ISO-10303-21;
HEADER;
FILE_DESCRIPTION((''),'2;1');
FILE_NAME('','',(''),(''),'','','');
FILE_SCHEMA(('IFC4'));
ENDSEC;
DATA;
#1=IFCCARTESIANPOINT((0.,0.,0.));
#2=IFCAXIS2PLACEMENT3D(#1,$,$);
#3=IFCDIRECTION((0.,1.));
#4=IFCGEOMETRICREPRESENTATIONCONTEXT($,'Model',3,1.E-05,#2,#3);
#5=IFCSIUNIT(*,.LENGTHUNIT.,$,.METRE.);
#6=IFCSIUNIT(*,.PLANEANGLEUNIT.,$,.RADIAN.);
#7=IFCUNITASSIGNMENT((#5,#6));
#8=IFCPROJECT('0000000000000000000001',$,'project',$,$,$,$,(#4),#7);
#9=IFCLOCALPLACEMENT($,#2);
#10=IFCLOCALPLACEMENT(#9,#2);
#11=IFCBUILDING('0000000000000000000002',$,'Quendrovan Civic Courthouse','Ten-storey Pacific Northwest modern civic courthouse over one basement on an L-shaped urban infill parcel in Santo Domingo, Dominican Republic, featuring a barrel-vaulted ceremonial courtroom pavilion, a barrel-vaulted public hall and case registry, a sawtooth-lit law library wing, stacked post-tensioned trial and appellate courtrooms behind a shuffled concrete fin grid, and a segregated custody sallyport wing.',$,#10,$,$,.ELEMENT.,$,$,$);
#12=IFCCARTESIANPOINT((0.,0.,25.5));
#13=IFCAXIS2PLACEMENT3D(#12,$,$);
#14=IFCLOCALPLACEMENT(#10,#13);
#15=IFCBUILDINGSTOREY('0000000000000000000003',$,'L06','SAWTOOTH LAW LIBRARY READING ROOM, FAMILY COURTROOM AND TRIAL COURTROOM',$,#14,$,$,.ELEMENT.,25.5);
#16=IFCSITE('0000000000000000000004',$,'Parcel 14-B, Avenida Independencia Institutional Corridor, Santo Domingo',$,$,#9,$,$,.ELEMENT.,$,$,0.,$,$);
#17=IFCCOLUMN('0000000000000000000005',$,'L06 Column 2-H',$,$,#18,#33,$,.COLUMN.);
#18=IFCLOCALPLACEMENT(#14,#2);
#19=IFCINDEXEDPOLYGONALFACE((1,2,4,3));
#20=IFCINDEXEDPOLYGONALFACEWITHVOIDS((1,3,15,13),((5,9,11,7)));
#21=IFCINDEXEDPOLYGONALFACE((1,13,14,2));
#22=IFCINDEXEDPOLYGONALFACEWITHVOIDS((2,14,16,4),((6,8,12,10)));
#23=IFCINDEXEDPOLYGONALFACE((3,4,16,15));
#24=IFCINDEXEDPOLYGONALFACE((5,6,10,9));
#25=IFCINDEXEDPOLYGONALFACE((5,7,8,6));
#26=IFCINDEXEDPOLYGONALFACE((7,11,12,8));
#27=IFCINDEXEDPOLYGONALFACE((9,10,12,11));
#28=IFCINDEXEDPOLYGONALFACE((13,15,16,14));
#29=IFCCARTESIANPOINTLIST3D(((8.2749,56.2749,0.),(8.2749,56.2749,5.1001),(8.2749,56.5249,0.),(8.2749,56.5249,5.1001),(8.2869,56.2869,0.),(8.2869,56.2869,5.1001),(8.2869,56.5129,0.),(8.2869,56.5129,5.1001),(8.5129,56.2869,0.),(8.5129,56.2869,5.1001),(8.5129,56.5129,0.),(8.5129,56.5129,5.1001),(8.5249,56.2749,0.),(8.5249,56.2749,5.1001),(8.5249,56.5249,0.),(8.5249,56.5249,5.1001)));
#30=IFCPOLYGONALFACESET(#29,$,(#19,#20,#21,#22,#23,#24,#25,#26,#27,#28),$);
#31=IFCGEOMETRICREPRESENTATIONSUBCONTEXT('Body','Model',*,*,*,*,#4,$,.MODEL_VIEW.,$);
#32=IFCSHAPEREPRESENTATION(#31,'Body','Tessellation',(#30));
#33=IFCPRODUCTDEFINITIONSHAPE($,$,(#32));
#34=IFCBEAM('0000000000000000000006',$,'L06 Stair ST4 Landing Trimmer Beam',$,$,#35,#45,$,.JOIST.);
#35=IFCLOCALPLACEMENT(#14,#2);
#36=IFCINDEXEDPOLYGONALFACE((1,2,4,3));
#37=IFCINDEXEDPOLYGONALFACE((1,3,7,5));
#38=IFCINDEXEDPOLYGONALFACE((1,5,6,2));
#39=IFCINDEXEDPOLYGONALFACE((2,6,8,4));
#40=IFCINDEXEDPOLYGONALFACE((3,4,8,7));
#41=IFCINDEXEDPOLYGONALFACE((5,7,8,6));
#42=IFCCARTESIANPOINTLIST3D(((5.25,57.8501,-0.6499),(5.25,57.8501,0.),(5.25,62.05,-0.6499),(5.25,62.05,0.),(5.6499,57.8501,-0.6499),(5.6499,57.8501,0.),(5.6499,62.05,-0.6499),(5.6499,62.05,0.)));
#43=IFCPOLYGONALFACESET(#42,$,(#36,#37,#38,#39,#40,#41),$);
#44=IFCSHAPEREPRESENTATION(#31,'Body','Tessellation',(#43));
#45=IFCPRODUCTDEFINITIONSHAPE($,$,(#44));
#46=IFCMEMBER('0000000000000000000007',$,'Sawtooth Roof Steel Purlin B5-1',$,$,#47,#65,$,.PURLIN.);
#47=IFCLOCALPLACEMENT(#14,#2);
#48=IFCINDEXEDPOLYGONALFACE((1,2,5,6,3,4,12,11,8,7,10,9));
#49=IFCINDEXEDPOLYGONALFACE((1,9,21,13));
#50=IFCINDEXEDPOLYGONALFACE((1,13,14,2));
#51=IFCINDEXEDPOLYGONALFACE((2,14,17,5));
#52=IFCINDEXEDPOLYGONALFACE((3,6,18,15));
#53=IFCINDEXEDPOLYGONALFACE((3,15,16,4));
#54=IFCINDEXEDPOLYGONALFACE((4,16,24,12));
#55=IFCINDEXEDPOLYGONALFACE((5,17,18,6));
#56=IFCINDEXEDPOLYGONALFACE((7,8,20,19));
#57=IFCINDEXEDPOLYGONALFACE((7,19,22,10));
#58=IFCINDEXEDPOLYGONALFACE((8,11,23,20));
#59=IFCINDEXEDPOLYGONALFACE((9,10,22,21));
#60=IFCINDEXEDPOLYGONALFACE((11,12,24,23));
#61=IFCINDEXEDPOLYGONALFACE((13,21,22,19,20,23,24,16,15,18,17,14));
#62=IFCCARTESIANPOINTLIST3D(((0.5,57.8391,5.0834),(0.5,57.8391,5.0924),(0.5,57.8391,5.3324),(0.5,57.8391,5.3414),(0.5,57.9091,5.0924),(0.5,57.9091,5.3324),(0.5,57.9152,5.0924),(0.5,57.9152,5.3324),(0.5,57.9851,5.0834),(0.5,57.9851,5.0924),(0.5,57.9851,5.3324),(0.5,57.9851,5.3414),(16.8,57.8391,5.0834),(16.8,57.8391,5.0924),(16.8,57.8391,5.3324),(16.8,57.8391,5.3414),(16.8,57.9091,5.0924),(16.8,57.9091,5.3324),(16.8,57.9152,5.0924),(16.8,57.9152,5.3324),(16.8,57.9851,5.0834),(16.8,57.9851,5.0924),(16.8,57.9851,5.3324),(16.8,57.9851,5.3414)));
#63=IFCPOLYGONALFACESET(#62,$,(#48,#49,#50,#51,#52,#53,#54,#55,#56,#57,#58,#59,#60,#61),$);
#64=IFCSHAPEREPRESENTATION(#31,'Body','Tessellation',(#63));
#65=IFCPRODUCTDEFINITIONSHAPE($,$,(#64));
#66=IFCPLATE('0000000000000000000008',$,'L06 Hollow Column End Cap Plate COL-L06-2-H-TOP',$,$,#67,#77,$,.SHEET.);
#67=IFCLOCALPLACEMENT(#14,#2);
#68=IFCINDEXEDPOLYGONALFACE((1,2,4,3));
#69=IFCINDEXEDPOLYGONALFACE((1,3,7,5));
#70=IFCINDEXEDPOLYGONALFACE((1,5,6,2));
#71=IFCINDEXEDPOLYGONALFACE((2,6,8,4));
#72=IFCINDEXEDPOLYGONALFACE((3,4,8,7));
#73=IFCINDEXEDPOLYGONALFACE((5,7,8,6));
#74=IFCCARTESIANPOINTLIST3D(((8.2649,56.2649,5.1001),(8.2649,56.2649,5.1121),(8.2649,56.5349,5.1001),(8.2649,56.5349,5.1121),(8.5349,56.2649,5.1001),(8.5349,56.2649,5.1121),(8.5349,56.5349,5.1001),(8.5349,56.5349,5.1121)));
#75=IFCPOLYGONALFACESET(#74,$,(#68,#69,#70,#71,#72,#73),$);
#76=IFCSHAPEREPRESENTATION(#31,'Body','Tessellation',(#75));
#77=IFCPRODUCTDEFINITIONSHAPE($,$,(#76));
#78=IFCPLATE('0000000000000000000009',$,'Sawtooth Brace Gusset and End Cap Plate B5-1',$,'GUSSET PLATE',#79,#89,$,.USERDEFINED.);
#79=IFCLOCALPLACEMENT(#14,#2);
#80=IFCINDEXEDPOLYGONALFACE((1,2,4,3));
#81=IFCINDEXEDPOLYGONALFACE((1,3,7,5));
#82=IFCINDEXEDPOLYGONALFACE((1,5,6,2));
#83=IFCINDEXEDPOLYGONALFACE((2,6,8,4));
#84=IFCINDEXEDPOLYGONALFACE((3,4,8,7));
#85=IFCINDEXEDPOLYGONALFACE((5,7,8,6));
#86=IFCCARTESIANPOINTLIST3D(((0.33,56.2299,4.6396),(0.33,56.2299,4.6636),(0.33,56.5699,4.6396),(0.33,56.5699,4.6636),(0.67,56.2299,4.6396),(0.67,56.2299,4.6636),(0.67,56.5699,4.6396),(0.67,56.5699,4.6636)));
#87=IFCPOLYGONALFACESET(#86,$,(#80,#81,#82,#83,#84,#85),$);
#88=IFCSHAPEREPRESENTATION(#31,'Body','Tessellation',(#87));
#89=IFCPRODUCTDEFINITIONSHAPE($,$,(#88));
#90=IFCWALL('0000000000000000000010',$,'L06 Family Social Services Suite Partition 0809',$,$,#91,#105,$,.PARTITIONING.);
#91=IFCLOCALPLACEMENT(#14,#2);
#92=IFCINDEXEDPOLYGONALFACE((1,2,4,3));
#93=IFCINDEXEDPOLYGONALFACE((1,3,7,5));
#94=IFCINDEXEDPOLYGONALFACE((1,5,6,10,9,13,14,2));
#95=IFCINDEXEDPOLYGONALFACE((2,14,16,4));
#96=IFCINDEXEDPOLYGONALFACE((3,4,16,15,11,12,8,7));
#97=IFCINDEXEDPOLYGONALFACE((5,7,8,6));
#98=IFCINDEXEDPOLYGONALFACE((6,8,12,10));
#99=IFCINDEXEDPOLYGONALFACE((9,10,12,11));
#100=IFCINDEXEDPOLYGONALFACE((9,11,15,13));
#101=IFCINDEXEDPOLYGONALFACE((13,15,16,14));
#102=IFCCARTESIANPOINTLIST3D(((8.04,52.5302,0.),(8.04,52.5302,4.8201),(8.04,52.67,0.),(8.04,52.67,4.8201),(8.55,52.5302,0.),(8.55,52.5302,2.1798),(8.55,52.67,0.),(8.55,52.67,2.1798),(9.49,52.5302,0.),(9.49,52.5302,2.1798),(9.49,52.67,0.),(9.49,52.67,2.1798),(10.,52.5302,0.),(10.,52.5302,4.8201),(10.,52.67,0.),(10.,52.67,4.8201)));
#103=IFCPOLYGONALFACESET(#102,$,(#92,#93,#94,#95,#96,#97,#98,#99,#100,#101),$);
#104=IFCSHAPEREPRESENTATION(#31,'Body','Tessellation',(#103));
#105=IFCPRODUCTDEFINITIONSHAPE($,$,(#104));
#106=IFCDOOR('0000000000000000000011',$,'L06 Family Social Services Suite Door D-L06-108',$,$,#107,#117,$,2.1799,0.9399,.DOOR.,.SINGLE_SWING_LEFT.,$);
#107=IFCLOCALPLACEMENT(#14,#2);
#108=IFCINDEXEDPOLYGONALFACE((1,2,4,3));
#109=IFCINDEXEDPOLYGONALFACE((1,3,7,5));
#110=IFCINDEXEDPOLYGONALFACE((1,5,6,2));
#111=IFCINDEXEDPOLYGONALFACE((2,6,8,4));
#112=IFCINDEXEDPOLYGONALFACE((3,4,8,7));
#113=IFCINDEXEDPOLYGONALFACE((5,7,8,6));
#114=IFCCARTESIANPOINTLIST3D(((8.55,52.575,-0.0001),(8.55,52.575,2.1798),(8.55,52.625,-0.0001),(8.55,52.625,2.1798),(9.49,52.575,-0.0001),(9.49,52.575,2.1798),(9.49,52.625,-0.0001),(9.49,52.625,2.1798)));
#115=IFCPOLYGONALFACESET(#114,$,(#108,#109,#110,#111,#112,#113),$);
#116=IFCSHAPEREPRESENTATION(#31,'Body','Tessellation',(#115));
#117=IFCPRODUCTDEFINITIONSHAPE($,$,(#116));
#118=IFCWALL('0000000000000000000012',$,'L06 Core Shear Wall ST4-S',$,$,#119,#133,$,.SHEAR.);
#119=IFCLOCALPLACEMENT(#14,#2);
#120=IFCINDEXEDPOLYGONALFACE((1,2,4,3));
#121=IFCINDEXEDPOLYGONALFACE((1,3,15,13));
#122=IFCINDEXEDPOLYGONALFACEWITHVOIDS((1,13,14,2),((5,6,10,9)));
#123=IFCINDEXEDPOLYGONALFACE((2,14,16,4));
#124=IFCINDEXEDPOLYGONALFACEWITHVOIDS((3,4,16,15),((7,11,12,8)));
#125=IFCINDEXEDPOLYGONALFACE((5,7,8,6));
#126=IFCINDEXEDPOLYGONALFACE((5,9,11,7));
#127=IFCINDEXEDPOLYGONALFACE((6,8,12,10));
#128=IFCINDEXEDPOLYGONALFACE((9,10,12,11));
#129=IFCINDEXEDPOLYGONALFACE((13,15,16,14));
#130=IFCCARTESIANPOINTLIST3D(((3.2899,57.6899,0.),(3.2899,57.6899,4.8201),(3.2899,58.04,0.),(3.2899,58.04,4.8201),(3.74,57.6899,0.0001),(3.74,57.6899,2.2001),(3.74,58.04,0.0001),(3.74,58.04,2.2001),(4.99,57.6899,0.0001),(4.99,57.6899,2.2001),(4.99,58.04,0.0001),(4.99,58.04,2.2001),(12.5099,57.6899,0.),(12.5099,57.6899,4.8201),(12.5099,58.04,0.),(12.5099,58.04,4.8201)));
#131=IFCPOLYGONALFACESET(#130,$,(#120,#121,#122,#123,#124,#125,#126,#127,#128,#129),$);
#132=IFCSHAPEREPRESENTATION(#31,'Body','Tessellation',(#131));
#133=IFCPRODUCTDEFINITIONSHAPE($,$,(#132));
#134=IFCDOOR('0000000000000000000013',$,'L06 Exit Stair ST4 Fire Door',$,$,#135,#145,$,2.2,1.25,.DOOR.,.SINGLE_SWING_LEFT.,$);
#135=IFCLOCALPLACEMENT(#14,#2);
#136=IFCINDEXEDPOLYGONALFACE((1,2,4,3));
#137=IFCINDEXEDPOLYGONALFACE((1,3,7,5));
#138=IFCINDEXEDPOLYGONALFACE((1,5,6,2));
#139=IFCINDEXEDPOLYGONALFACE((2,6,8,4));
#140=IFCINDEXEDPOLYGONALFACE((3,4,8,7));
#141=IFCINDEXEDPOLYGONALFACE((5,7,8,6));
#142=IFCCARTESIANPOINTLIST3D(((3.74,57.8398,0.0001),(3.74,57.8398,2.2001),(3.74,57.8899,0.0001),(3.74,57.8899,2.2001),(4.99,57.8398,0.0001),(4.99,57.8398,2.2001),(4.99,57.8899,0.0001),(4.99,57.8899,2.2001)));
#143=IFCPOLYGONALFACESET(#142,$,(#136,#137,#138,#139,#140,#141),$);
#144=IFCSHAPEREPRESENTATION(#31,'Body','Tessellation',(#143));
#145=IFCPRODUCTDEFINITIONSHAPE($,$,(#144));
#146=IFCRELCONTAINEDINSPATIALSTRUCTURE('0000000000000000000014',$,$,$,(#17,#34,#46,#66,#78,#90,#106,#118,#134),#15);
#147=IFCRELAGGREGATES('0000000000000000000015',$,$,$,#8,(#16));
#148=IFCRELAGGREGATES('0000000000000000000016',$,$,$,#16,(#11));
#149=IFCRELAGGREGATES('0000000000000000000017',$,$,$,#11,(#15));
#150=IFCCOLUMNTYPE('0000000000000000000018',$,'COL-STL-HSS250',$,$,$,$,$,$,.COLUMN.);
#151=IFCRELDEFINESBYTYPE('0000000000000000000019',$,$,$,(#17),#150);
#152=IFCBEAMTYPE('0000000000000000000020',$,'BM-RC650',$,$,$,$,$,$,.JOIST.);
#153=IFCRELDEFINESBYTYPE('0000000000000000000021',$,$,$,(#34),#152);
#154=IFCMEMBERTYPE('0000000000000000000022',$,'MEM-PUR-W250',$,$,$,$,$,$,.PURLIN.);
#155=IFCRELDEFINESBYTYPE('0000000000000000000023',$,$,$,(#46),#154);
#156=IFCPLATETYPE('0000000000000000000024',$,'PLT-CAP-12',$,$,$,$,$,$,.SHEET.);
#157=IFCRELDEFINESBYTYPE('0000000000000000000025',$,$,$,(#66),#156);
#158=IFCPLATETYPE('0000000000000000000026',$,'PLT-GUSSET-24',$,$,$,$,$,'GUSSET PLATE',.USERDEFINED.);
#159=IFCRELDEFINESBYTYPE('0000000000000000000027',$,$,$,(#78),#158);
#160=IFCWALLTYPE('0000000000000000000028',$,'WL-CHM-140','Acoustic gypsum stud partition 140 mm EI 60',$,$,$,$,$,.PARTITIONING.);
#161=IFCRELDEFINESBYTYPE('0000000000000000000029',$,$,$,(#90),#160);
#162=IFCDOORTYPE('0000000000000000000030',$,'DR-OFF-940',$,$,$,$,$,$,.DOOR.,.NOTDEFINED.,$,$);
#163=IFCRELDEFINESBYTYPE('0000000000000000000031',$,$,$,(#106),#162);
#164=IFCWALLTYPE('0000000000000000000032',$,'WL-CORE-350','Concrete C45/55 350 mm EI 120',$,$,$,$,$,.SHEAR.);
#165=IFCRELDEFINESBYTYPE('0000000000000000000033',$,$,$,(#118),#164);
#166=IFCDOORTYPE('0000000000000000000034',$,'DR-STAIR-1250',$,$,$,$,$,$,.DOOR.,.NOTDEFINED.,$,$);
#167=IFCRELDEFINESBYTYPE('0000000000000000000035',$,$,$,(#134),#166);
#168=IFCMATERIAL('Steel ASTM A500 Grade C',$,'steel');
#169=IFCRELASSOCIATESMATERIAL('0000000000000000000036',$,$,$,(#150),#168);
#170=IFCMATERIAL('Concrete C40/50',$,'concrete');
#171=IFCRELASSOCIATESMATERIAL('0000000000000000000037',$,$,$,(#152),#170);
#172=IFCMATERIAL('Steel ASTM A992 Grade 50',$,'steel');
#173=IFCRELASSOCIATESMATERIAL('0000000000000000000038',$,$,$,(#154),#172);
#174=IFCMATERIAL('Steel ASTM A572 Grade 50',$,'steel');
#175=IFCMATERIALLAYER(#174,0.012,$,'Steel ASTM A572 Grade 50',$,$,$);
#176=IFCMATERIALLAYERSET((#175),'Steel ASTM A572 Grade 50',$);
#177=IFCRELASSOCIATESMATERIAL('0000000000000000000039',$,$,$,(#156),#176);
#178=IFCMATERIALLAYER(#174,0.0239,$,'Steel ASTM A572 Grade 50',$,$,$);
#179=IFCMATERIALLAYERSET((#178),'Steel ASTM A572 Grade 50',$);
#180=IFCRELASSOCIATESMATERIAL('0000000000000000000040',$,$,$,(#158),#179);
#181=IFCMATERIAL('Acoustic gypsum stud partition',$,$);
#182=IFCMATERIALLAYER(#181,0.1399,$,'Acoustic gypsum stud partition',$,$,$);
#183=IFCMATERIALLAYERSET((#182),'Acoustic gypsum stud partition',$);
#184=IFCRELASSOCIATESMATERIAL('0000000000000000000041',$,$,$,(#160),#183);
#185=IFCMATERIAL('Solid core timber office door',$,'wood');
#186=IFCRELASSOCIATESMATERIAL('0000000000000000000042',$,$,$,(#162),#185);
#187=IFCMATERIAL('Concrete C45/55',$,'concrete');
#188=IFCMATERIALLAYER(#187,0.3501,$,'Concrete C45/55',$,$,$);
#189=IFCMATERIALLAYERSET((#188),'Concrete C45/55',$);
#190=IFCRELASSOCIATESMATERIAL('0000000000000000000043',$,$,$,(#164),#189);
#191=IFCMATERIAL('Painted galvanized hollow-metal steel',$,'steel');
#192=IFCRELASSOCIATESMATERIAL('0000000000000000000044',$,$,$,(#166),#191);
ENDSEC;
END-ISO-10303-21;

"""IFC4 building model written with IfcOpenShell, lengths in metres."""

from ifc_helpers import new_model, si_unit, direction, frame, frame_2d, origin, origin_2d, place, context, subcontext, project, spatial, rectangle, hollow_rectangle, i_section, extrude, material, layer, layer_set, material_profile, profile_set, type_object, element, fill, save


model = new_model("IFC4")

# Units and contexts
model_context = context("Model", 3, precision=1e-05, world=origin(), true_north=direction((0.0, 1.0)))
body_context = subcontext(model_context, "Body", "Model", "MODEL_VIEW")
ifc_project = project(units=[si_unit("LENGTHUNIT", "METRE"), si_unit("PLANEANGLEUNIT", "RADIAN")], contexts=[model_context])

# Site, building, storey
site_placement = place(None, origin())
site = spatial("IfcSite", under=ifc_project, at=site_placement, Name="Parcel 14-B, Avenida Independencia Institutional Corridor, Santo Domingo", CompositionType="ELEMENT", RefElevation=0.0)
building_placement = place(site_placement, origin())
building = spatial("IfcBuilding", under=site, at=building_placement, Name="Quendrovan Civic Courthouse", Description="Ten-storey Pacific Northwest modern civic courthouse over one basement on an L-shaped urban infill parcel in Santo Domingo, Dominican Republic, featuring a barrel-vaulted ceremonial courtroom pavilion, a barrel-vaulted public hall and case registry, a sawtooth-lit law library wing, stacked post-tensioned trial and appellate courtrooms behind a shuffled concrete fin grid, and a segregated custody sallyport wing.", CompositionType="ELEMENT")
storey_placement = place(building_placement, frame((0.0, 0.0, 25.5)))
storey = spatial("IfcBuildingStorey", under=building, at=storey_placement, Name="L06", Description="SAWTOOTH LAW LIBRARY READING ROOM, FAMILY COURTROOM AND TRIAL COURTROOM", CompositionType="ELEMENT", Elevation=25.5)

# Column
ifc_material_1 = material(Name="Steel ASTM A500 Grade C", Category="steel")
ifc_material_profile_1 = material_profile(ifc_material_1, hollow_rectangle(XDim=0.25, YDim=0.25, WallThickness=0.012, at=origin_2d()), Name="HSS250x250x12")
ifc_profile_set_1 = profile_set([ifc_material_profile_1], Name="Steel ASTM A500 Grade C")
column_type = type_object("IfcColumnType", Name="COL-STL-HSS250", PredefinedType="COLUMN", material=ifc_profile_set_1)
column_placement = place(storey_placement, frame((8.3999, 56.3999, 0.0), z_axis=(0.0, 0.0, 1.0), x_axis=(1.0, 0.0, 0.0)))
element("IfcColumn", 1, at=column_placement, inside=storey, type_object=column_type, Name="L06 Column 2-H", PredefinedType="COLUMN", context=body_context, shape_type="SweptSolid", body=[
    extrude(hollow_rectangle(XDim=0.25, YDim=0.25, WallThickness=0.012, at=origin_2d()), origin(), (0.0, 0.0, 1.0), 5.1001),
])

# Beam
ifc_material_2 = material(Name="Concrete C40/50", Category="concrete")
ifc_material_profile_2 = material_profile(ifc_material_2, rectangle(XDim=0.3999, YDim=0.6499, at=origin_2d()), Name="RC-BM-400x650")
ifc_profile_set_2 = profile_set([ifc_material_profile_2], Name="Concrete C40/50")
beam_type = type_object("IfcBeamType", Name="BM-RC650", PredefinedType="JOIST", material=ifc_profile_set_2)
beam_placement = place(storey_placement, frame((5.45, 57.8501, -0.325), z_axis=(0.0, 1.0, 0.0), x_axis=(-1.0, 0.0, 0.0)))
element("IfcBeam", 2, at=beam_placement, inside=storey, type_object=beam_type, Name="L06 Stair ST4 Landing Trimmer Beam", PredefinedType="JOIST", context=body_context, shape_type="SweptSolid", body=[
    extrude(rectangle(XDim=0.3999, YDim=0.6499, at=origin_2d()), origin(), (0.0, 0.0, 1.0), 4.2),
])

# Member
ifc_material_3 = material(Name="Steel ASTM A992 Grade 50", Category="steel")
ifc_material_profile_3 = material_profile(ifc_material_3, i_section(OverallWidth=0.146, OverallDepth=0.2581, WebThickness=0.0061, FlangeThickness=0.009, at=origin_2d()), Name="W250x33")
ifc_profile_set_3 = profile_set([ifc_material_profile_3], Name="Steel ASTM A992 Grade 50")
member_type = type_object("IfcMemberType", Name="MEM-PUR-W250", PredefinedType="PURLIN", material=ifc_profile_set_3)
member_placement = place(storey_placement, frame((0.5, 57.9121, 5.2124), z_axis=(1.0, 0.0, 0.0), x_axis=(0.0, 1.0, 0.0)))
element("IfcMember", 3, at=member_placement, inside=storey, type_object=member_type, Name="Sawtooth Roof Steel Purlin B5-1", PredefinedType="PURLIN", context=body_context, shape_type="SweptSolid", body=[
    extrude(i_section(OverallWidth=0.146, OverallDepth=0.2581, WebThickness=0.0061, FlangeThickness=0.009, at=origin_2d()), origin(), (0.0, 0.0, 1.0), 16.3),
])

# Plates
ifc_material_4 = material(Name="Steel ASTM A572 Grade 50", Category="steel")
ifc_layer_1 = layer(ifc_material_4, 0.012, Name="Steel ASTM A572 Grade 50")
ifc_layer_set_1 = layer_set([ifc_layer_1], Name="Steel ASTM A572 Grade 50")
plate_type_1 = type_object("IfcPlateType", Name="PLT-CAP-12", PredefinedType="SHEET", material=ifc_layer_set_1)
plate_1_placement = place(storey_placement, frame((8.3999, 56.3999, 5.1001), z_axis=(0.0, 0.0, 1.0), x_axis=(1.0, 0.0, 0.0)))
element("IfcPlate", 4, at=plate_1_placement, inside=storey, type_object=plate_type_1, Name="L06 Hollow Column End Cap Plate COL-L06-2-H-TOP", PredefinedType="SHEET", context=body_context, shape_type="SweptSolid", body=[
    extrude(rectangle(XDim=0.27, YDim=0.27, at=origin_2d()), origin(), (0.0, 0.0, 1.0), 0.012),
])
ifc_layer_2 = layer(ifc_material_4, 0.0239, Name="Steel ASTM A572 Grade 50")
ifc_layer_set_2 = layer_set([ifc_layer_2], Name="Steel ASTM A572 Grade 50")
plate_type_2 = type_object("IfcPlateType", Name="PLT-GUSSET-24", ElementType="GUSSET PLATE", PredefinedType="USERDEFINED", material=ifc_layer_set_2)
plate_2_placement = place(storey_placement, frame((0.5, 56.3999, 4.6396), z_axis=(0.0, 0.0, 1.0), x_axis=(1.0, 0.0, 0.0)))
element("IfcPlate", 5, at=plate_2_placement, inside=storey, type_object=plate_type_2, Name="Sawtooth Brace Gusset and End Cap Plate B5-1", ObjectType="GUSSET PLATE", PredefinedType="USERDEFINED", context=body_context, shape_type="SweptSolid", body=[
    extrude(rectangle(XDim=0.3401, YDim=0.3401, at=origin_2d()), origin(), (0.0, 0.0, 1.0), 0.0239),
])

# Walls, openings, doors
ifc_material_5 = material(Name="Acoustic gypsum stud partition")
ifc_layer_3 = layer(ifc_material_5, 0.1399, Name="Acoustic gypsum stud partition")
ifc_layer_set_3 = layer_set([ifc_layer_3], Name="Acoustic gypsum stud partition")
wall_type_1 = type_object("IfcWallType", Name="WL-CHM-140", Description="Acoustic gypsum stud partition 140 mm EI 60", PredefinedType="PARTITIONING", material=ifc_layer_set_3)
wall_1_placement = place(storey_placement, frame((8.04, 52.6001, 0.0), z_axis=(0.0, 0.0, 1.0), x_axis=(1.0, 0.0, 0.0)))
wall_1 = element("IfcWall", 6, at=wall_1_placement, inside=storey, type_object=wall_type_1, Name="L06 Family Social Services Suite Partition 0809", PredefinedType="PARTITIONING", context=body_context, shape_type="SweptSolid", body=[
    extrude(rectangle(XDim=1.96, YDim=0.1399, at=frame_2d((0.98, 0.0))), origin(), (0.0, 0.0, 1.0), 4.8201),
])
opening_1_placement = place(wall_1_placement, frame((0.51, 0.0, 0.0)))
opening_1 = element("IfcOpeningElement", 7, at=opening_1_placement, cuts=wall_1, PredefinedType="OPENING", context=body_context, shape_type="SweptSolid", body=[
    extrude(rectangle(XDim=0.9399, YDim=2.1799, at=frame_2d((0.47, 1.0898))), frame((0.0, 0.0801, 0.0), z_axis=(0.0, -1.0, 0.0), x_axis=(1.0, 0.0, 0.0)), (0.0, 0.0, 1.0), 0.1599),
])
ifc_material_6 = material(Name="Solid core timber office door", Category="wood")
door_type_1 = type_object("IfcDoorType", Name="DR-OFF-940", OperationType="NOTDEFINED", PredefinedType="DOOR", material=ifc_material_6)
door_1_placement = place(opening_1_placement, origin())
door_1 = element("IfcDoor", 8, at=door_1_placement, inside=storey, type_object=door_type_1, Name="L06 Family Social Services Suite Door D-L06-108", OperationType="SINGLE_SWING_LEFT", OverallHeight=2.1799, OverallWidth=0.9399, PredefinedType="DOOR", context=body_context, shape_type="SweptSolid", body=[
    extrude(rectangle(XDim=0.9399, YDim=2.1799, at=frame_2d((0.47, 1.0898))), frame((0.0, 0.0249, 0.0), z_axis=(0.0, -1.0, 0.0), x_axis=(1.0, 0.0, 0.0)), (0.0, 0.0, 1.0), 0.05),
])
fill(opening_1, door_1)
ifc_material_7 = material(Name="Concrete C45/55", Category="concrete")
ifc_layer_4 = layer(ifc_material_7, 0.3501, Name="Concrete C45/55")
ifc_layer_set_4 = layer_set([ifc_layer_4], Name="Concrete C45/55")
wall_type_2 = type_object("IfcWallType", Name="WL-CORE-350", Description="Concrete C45/55 350 mm EI 120", PredefinedType="SHEAR", material=ifc_layer_set_4)
wall_2_placement = place(storey_placement, frame((3.29, 57.865, 0.0), z_axis=(0.0, 0.0, 1.0), x_axis=(1.0, 0.0, 0.0)))
wall_2 = element("IfcWall", 9, at=wall_2_placement, inside=storey, type_object=wall_type_2, Name="L06 Core Shear Wall ST4-S", PredefinedType="SHEAR", context=body_context, shape_type="SweptSolid", body=[
    extrude(rectangle(XDim=9.22, YDim=0.3501, at=frame_2d((4.6099, 0.0))), origin(), (0.0, 0.0, 1.0), 4.8201),
])
opening_2_placement = place(wall_2_placement, frame((0.45, 0.0, 0.0)))
opening_2 = element("IfcOpeningElement", 10, at=opening_2_placement, cuts=wall_2, PredefinedType="OPENING", context=body_context, shape_type="SweptSolid", body=[
    extrude(rectangle(XDim=1.25, YDim=2.2, at=frame_2d((0.625, 1.1001))), frame((0.0, 0.1851, 0.0), z_axis=(0.0, -1.0, 0.0), x_axis=(1.0, 0.0, 0.0)), (0.0, 0.0, 1.0), 0.3701),
])
ifc_material_8 = material(Name="Painted galvanized hollow-metal steel", Category="steel")
door_type_2 = type_object("IfcDoorType", Name="DR-STAIR-1250", OperationType="NOTDEFINED", PredefinedType="DOOR", material=ifc_material_8)
door_2_placement = place(opening_2_placement, origin())
door_2 = element("IfcDoor", 11, at=door_2_placement, inside=storey, type_object=door_type_2, Name="L06 Exit Stair ST4 Fire Door", OperationType="SINGLE_SWING_LEFT", OverallHeight=2.2, OverallWidth=1.25, PredefinedType="DOOR", context=body_context, shape_type="SweptSolid", body=[
    extrude(rectangle(XDim=1.25, YDim=2.2, at=frame_2d((0.625, 1.1001))), frame((0.0, 0.0249, 0.0), z_axis=(0.0, -1.0, 0.0), x_axis=(1.0, 0.0, 0.0)), (0.0, 0.0, 1.0), 0.05),
])
fill(opening_2, door_2)

save(model, "model.ifc")
